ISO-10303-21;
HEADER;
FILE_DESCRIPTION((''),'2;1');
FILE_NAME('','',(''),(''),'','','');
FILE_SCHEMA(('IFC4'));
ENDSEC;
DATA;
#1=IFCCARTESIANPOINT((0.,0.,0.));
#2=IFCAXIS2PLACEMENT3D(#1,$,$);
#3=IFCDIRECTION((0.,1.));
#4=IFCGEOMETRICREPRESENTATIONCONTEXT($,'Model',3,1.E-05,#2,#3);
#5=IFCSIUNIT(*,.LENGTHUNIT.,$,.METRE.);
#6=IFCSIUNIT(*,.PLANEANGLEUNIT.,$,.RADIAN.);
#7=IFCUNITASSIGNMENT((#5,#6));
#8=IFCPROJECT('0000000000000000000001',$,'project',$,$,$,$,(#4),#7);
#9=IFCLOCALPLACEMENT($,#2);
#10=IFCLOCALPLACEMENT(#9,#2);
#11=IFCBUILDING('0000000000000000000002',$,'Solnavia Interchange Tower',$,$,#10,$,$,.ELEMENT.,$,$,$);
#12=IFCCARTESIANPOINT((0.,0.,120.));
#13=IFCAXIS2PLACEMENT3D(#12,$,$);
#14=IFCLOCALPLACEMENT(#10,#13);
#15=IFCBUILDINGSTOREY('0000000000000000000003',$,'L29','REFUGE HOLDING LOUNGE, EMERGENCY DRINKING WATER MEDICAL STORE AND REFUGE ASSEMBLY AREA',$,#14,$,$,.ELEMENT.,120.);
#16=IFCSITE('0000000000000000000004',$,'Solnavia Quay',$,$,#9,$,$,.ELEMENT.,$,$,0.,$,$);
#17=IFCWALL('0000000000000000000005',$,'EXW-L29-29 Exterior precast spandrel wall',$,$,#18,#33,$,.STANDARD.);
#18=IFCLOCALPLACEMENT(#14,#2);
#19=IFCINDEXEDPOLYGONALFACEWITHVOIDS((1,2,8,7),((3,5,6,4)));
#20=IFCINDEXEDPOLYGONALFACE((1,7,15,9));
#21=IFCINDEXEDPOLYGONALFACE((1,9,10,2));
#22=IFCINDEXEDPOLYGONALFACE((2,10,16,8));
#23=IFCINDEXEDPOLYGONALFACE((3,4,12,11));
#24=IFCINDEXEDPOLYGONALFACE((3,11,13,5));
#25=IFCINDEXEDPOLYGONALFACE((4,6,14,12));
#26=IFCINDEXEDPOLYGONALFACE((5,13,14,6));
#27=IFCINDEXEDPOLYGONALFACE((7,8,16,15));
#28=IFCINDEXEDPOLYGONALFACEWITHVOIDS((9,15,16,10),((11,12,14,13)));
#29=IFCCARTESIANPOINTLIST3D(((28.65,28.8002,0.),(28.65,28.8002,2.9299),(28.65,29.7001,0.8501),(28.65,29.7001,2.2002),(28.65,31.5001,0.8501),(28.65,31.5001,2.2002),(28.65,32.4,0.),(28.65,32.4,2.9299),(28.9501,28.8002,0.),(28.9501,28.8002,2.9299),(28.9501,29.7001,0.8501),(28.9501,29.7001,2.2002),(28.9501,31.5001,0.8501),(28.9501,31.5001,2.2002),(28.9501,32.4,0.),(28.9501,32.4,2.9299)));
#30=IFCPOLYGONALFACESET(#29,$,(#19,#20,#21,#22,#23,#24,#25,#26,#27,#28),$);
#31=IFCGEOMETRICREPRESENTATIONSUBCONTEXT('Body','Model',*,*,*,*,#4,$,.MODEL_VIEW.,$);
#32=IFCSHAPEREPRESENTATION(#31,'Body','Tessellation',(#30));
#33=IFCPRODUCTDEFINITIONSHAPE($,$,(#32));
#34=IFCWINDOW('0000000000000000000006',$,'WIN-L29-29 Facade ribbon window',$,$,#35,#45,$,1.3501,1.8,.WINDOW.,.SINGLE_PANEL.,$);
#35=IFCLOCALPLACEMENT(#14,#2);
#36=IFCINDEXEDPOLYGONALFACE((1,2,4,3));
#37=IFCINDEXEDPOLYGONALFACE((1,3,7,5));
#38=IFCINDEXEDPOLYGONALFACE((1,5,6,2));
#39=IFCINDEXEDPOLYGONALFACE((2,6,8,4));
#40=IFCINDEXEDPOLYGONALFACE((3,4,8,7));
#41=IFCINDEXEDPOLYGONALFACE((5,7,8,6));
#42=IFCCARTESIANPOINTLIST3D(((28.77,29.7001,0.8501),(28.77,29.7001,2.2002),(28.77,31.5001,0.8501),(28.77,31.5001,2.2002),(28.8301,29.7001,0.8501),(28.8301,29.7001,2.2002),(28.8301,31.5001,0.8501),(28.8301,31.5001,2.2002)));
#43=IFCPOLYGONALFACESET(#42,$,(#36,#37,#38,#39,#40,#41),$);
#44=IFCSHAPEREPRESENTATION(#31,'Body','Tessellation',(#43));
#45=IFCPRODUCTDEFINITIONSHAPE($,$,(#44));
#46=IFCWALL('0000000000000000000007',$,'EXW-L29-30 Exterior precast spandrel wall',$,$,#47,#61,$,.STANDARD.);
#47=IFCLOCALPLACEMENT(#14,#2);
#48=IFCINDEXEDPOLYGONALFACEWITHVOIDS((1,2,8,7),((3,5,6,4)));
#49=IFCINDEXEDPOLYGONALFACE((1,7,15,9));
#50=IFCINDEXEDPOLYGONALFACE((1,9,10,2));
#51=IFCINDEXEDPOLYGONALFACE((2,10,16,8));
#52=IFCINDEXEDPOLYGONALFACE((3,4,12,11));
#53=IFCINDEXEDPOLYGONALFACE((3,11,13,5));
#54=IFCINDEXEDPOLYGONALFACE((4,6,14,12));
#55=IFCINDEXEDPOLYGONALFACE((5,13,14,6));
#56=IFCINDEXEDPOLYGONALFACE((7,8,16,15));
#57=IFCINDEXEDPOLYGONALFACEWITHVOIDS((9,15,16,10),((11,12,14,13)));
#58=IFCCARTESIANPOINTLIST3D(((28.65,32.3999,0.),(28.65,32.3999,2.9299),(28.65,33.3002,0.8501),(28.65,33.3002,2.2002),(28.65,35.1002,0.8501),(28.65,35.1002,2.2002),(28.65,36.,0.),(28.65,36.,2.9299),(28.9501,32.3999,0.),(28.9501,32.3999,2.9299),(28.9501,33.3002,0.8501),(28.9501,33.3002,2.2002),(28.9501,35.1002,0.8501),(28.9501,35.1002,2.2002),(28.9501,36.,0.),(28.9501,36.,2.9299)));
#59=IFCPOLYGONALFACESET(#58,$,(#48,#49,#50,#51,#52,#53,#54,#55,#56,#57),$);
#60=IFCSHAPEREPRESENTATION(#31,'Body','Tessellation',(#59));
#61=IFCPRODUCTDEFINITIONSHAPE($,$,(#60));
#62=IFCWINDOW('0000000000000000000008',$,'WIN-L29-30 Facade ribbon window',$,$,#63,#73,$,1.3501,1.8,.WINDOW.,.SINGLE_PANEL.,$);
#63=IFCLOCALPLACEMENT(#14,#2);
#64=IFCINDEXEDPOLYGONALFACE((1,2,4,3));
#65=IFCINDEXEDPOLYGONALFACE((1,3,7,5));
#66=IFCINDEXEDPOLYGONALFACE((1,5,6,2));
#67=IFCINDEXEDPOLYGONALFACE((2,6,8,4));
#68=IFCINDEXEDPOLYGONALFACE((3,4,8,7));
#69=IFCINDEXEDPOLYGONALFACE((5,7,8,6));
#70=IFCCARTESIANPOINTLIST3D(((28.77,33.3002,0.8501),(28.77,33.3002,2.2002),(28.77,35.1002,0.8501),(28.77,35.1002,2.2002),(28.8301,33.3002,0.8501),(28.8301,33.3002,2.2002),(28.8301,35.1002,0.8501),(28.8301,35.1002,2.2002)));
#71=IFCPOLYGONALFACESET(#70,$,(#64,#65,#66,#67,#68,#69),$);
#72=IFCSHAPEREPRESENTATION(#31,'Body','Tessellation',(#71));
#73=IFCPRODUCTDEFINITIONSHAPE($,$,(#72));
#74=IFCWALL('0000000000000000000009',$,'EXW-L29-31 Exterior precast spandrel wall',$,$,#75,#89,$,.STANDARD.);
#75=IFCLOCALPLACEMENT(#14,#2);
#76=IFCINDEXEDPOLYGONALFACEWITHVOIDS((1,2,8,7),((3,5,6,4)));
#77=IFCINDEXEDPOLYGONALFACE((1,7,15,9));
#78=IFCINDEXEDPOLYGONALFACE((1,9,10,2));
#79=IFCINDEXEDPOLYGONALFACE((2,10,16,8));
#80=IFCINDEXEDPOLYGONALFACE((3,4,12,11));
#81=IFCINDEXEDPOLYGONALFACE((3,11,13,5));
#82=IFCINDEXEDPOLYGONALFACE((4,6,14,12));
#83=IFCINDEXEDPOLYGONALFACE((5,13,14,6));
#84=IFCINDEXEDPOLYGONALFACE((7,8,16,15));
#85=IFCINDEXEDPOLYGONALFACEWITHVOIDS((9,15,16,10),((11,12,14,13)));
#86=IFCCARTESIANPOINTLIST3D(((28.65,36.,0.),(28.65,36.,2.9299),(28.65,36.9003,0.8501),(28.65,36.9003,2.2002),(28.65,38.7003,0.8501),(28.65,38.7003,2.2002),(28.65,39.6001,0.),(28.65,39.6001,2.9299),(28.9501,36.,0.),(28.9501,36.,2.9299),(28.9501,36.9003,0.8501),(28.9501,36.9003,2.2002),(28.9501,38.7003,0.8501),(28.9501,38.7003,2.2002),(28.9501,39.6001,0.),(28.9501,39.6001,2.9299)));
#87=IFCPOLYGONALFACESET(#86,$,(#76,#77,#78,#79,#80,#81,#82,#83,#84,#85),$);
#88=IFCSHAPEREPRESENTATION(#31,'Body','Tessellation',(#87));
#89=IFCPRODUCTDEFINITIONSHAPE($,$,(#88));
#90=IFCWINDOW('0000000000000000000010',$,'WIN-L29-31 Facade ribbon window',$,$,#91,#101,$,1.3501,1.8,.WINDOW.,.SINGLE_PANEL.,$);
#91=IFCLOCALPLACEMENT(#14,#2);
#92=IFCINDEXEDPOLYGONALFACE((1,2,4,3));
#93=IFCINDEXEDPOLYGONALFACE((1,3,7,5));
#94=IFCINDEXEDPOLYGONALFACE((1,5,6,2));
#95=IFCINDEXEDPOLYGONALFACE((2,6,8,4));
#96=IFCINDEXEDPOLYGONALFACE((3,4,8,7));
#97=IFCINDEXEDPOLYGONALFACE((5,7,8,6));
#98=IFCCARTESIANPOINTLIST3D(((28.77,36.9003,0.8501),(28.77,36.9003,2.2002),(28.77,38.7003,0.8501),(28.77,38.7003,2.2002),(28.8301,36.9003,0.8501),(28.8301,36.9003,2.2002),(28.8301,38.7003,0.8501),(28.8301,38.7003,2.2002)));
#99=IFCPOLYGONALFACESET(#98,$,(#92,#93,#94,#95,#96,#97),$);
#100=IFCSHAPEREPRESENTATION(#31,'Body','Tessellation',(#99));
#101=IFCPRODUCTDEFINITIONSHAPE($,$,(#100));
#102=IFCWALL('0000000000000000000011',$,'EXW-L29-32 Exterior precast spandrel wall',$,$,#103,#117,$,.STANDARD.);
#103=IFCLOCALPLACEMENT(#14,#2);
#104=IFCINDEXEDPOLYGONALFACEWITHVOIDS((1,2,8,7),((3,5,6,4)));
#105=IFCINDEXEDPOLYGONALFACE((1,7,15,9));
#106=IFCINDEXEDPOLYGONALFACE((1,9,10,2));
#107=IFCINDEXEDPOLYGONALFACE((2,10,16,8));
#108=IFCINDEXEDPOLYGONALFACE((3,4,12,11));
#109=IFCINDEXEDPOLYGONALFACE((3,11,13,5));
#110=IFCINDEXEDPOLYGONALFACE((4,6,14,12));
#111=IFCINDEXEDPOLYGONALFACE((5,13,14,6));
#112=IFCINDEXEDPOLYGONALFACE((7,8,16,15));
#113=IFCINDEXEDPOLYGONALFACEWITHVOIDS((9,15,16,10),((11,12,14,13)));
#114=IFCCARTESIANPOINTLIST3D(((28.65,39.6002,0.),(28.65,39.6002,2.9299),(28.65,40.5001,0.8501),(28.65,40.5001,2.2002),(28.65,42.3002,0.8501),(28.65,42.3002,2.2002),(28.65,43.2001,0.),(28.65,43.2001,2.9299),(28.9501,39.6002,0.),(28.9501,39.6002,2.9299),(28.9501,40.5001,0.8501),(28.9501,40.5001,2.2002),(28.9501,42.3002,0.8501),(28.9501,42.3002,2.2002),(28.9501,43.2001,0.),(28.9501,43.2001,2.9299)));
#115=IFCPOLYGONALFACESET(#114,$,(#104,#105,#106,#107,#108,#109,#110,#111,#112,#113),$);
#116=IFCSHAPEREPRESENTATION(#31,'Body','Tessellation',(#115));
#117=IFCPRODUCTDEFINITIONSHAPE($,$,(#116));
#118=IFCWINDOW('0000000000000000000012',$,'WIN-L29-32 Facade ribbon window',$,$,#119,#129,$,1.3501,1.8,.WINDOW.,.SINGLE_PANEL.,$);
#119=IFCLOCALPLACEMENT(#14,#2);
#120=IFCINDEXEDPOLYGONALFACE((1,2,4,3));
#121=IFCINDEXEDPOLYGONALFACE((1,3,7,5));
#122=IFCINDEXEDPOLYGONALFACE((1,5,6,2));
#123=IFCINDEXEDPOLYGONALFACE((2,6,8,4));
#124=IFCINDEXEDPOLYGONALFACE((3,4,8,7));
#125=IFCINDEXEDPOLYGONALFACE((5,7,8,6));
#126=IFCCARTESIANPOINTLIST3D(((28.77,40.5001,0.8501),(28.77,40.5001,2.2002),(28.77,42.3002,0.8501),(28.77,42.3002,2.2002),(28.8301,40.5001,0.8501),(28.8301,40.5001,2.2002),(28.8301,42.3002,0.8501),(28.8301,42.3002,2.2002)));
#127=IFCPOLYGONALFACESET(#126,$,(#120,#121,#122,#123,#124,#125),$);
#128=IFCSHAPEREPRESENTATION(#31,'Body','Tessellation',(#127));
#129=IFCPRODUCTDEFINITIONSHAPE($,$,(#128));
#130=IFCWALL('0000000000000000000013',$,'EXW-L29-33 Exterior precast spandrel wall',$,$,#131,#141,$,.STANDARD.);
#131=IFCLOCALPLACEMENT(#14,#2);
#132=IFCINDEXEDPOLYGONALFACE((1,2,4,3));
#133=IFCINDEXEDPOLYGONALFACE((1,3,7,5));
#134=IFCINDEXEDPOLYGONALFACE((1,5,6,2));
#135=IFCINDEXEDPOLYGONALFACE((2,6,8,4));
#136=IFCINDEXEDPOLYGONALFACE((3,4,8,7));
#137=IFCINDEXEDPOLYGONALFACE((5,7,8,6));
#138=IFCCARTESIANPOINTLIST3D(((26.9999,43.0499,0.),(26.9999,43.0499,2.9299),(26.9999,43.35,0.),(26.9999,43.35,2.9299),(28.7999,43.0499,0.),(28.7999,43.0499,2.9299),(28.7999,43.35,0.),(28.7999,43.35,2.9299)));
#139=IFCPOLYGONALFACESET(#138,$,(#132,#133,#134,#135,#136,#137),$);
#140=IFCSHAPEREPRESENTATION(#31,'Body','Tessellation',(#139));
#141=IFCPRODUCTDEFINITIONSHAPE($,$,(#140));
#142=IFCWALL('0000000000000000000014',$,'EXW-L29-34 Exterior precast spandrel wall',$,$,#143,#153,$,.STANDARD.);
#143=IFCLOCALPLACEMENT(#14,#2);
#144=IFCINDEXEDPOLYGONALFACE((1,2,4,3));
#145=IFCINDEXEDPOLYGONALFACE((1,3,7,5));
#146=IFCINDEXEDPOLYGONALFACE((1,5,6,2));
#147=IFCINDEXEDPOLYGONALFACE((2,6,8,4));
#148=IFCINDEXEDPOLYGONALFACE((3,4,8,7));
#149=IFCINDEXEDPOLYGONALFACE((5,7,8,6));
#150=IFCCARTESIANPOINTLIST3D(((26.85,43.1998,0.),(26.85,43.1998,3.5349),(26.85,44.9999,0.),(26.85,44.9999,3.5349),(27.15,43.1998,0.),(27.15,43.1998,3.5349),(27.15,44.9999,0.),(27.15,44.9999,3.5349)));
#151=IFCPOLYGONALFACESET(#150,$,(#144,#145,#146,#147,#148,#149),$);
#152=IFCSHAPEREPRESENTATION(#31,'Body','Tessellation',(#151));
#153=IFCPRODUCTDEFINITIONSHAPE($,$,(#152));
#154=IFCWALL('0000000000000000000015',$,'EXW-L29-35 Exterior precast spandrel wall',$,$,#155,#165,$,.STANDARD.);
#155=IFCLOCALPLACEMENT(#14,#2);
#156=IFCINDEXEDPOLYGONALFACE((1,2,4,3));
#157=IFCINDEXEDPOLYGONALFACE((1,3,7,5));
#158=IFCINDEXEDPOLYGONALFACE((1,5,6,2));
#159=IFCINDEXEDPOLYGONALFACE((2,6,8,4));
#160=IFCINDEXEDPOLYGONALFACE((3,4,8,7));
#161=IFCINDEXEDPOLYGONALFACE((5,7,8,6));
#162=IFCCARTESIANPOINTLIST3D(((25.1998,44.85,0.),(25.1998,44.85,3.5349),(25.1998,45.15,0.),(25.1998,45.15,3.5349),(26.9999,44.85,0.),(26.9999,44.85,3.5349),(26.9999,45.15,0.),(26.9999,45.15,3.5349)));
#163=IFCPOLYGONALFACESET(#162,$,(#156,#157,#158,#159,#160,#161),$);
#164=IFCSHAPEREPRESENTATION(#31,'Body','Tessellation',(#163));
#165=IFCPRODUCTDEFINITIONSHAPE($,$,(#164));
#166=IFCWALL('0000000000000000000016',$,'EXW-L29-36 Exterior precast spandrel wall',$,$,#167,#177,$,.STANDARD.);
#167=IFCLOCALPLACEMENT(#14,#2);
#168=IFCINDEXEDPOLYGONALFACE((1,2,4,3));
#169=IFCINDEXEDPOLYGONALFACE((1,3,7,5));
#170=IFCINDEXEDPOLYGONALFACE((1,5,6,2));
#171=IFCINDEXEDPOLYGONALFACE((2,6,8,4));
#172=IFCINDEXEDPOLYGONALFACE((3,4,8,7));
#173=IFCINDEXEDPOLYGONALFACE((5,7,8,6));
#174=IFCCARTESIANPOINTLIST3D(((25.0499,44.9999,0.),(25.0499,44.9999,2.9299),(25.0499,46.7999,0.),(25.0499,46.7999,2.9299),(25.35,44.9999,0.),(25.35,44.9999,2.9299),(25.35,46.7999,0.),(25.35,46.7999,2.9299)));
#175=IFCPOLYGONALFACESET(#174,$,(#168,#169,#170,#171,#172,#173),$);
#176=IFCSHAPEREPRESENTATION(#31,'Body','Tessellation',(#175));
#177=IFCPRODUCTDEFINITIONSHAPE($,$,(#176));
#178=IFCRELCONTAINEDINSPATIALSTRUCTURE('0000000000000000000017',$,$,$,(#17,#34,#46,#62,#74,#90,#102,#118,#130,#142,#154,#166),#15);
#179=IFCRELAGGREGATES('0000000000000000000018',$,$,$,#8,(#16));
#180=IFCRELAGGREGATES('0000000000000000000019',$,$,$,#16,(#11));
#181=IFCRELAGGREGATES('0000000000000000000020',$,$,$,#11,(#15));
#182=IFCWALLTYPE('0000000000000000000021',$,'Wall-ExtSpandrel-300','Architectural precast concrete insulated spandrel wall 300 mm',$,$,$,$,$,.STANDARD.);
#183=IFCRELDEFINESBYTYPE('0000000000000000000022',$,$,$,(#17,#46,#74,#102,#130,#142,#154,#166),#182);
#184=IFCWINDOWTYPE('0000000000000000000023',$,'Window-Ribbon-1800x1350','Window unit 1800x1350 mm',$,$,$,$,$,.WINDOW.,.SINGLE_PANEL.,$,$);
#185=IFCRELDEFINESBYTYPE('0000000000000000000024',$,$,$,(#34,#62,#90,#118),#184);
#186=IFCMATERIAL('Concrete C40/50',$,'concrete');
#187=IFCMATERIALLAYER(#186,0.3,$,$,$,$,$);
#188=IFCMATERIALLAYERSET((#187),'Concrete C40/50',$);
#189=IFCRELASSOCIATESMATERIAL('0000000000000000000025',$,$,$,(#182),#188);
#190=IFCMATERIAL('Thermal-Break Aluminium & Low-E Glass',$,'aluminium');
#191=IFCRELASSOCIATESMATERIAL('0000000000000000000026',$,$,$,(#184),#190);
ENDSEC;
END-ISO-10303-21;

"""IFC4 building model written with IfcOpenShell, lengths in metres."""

from ifc_helpers import new_model, si_unit, direction, frame, frame_2d, origin, place, context, subcontext, project, spatial, rectangle, extrude, material, layer, layer_set, type_object, element, fill, save


model = new_model("IFC4")

# Units and contexts
model_context = context("Model", 3, precision=1e-05, world=origin(), true_north=direction((0.0, 1.0)))
body_context = subcontext(model_context, "Body", "Model", "MODEL_VIEW")
ifc_project = project(units=[si_unit("LENGTHUNIT", "METRE"), si_unit("PLANEANGLEUNIT", "RADIAN")], contexts=[model_context])

# Site, building, storey
site_placement = place(None, origin())
site = spatial("IfcSite", under=ifc_project, at=site_placement, Name="Solnavia Quay", CompositionType="ELEMENT", RefElevation=0.0)
building_placement = place(site_placement, origin())
building = spatial("IfcBuilding", under=site, at=building_placement, Name="Solnavia Interchange Tower", CompositionType="ELEMENT")
storey_placement = place(building_placement, frame((0.0, 0.0, 120.0)))
storey = spatial("IfcBuildingStorey", under=building, at=storey_placement, Name="L29", Description="REFUGE HOLDING LOUNGE, EMERGENCY DRINKING WATER MEDICAL STORE AND REFUGE ASSEMBLY AREA", CompositionType="ELEMENT", Elevation=120.0)

# Walls, openings, windows
ifc_material_1 = material(Name="Concrete C40/50", Category="concrete")
ifc_layer_1 = layer(ifc_material_1, 0.3)
ifc_layer_set_1 = layer_set([ifc_layer_1], Name="Concrete C40/50")
wall_type = type_object("IfcWallType", Name="Wall-ExtSpandrel-300", Description="Architectural precast concrete insulated spandrel wall 300 mm", PredefinedType="STANDARD", material=ifc_layer_set_1)
wall_1_placement = place(storey_placement, frame((28.8, 32.3999, 0.0), z_axis=(0.0, 0.0, 1.0), x_axis=(0.0, -1.0, 0.0)))
wall_1 = element("IfcWall", 1, at=wall_1_placement, inside=storey, type_object=wall_type, Name="EXW-L29-29 Exterior precast spandrel wall", PredefinedType="STANDARD", context=body_context, shape_type="SweptSolid", body=[
    extrude(rectangle(XDim=3.5999, YDim=0.3, at=frame_2d((1.7998, 0.0))), origin(), (0.0, 0.0, 1.0), 2.9299),
])
opening_1_placement = place(wall_1_placement, frame((0.8999, 0.0, 0.8501)))
opening_1 = element("IfcOpeningElement", 2, at=opening_1_placement, cuts=wall_1, PredefinedType="OPENING", context=body_context, shape_type="SweptSolid", body=[
    extrude(rectangle(XDim=1.8, YDim=1.3501, at=frame_2d((0.8999, 0.675))), frame((0.0, 0.1602, 0.0), z_axis=(0.0, -1.0, 0.0), x_axis=(1.0, 0.0, 0.0)), (0.0, 0.0, 1.0), 0.3201),
])
ifc_material_2 = material(Name="Thermal-Break Aluminium & Low-E Glass", Category="aluminium")
window_type = type_object("IfcWindowType", Name="Window-Ribbon-1800x1350", Description="Window unit 1800x1350 mm", PartitioningType="SINGLE_PANEL", PredefinedType="WINDOW", material=ifc_material_2)
window_1_placement = place(opening_1_placement, origin())
window_1 = element("IfcWindow", 3, at=window_1_placement, inside=storey, type_object=window_type, Name="WIN-L29-29 Facade ribbon window", OverallHeight=1.3501, OverallWidth=1.8, PartitioningType="SINGLE_PANEL", PredefinedType="WINDOW", context=body_context, shape_type="SweptSolid", body=[
    extrude(rectangle(XDim=1.8, YDim=1.3501, at=frame_2d((0.8999, 0.675))), frame((0.0, 0.03, 0.0), z_axis=(0.0, -1.0, 0.0), x_axis=(1.0, 0.0, 0.0)), (0.0, 0.0, 1.0), 0.0601),
])
fill(opening_1, window_1)
wall_2_placement = place(storey_placement, frame((28.8, 36.0, 0.0), z_axis=(0.0, 0.0, 1.0), x_axis=(0.0, -1.0, 0.0)))
wall_2 = element("IfcWall", 4, at=wall_2_placement, inside=storey, type_object=wall_type, Name="EXW-L29-30 Exterior precast spandrel wall", PredefinedType="STANDARD", context=body_context, shape_type="SweptSolid", body=[
    extrude(rectangle(XDim=3.6001, YDim=0.3, at=frame_2d((1.8, 0.0))), origin(), (0.0, 0.0, 1.0), 2.9299),
])
opening_2_placement = place(wall_2_placement, frame((0.8999, 0.0, 0.8501)))
opening_2 = element("IfcOpeningElement", 5, at=opening_2_placement, cuts=wall_2, PredefinedType="OPENING", context=body_context, shape_type="SweptSolid", body=[
    extrude(rectangle(XDim=1.8, YDim=1.3501, at=frame_2d((0.8999, 0.675))), frame((0.0, 0.1602, 0.0), z_axis=(0.0, -1.0, 0.0), x_axis=(1.0, 0.0, 0.0)), (0.0, 0.0, 1.0), 0.3201),
])
window_2_placement = place(opening_2_placement, origin())
window_2 = element("IfcWindow", 6, at=window_2_placement, inside=storey, type_object=window_type, Name="WIN-L29-30 Facade ribbon window", OverallHeight=1.3501, OverallWidth=1.8, PartitioningType="SINGLE_PANEL", PredefinedType="WINDOW", context=body_context, shape_type="SweptSolid", body=[
    extrude(rectangle(XDim=1.8, YDim=1.3501, at=frame_2d((0.8999, 0.675))), frame((0.0, 0.03, 0.0), z_axis=(0.0, -1.0, 0.0), x_axis=(1.0, 0.0, 0.0)), (0.0, 0.0, 1.0), 0.0601),
])
fill(opening_2, window_2)
wall_3_placement = place(storey_placement, frame((28.8, 39.6001, 0.0), z_axis=(0.0, 0.0, 1.0), x_axis=(0.0, -1.0, 0.0)))
wall_3 = element("IfcWall", 7, at=wall_3_placement, inside=storey, type_object=wall_type, Name="EXW-L29-31 Exterior precast spandrel wall", PredefinedType="STANDARD", context=body_context, shape_type="SweptSolid", body=[
    extrude(rectangle(XDim=3.6001, YDim=0.3, at=frame_2d((1.8, 0.0))), origin(), (0.0, 0.0, 1.0), 2.9299),
])
opening_3_placement = place(wall_3_placement, frame((0.8999, 0.0, 0.8501)))
opening_3 = element("IfcOpeningElement", 8, at=opening_3_placement, cuts=wall_3, PredefinedType="OPENING", context=body_context, shape_type="SweptSolid", body=[
    extrude(rectangle(XDim=1.8, YDim=1.3501, at=frame_2d((0.8999, 0.675))), frame((0.0, 0.1602, 0.0), z_axis=(0.0, -1.0, 0.0), x_axis=(1.0, 0.0, 0.0)), (0.0, 0.0, 1.0), 0.3201),
])
window_3_placement = place(opening_3_placement, origin())
window_3 = element("IfcWindow", 9, at=window_3_placement, inside=storey, type_object=window_type, Name="WIN-L29-31 Facade ribbon window", OverallHeight=1.3501, OverallWidth=1.8, PartitioningType="SINGLE_PANEL", PredefinedType="WINDOW", context=body_context, shape_type="SweptSolid", body=[
    extrude(rectangle(XDim=1.8, YDim=1.3501, at=frame_2d((0.8999, 0.675))), frame((0.0, 0.03, 0.0), z_axis=(0.0, -1.0, 0.0), x_axis=(1.0, 0.0, 0.0)), (0.0, 0.0, 1.0), 0.0601),
])
fill(opening_3, window_3)
wall_4_placement = place(storey_placement, frame((28.8, 43.2, 0.0), z_axis=(0.0, 0.0, 1.0), x_axis=(0.0, -1.0, 0.0)))
wall_4 = element("IfcWall", 10, at=wall_4_placement, inside=storey, type_object=wall_type, Name="EXW-L29-32 Exterior precast spandrel wall", PredefinedType="STANDARD", context=body_context, shape_type="SweptSolid", body=[
    extrude(rectangle(XDim=3.5999, YDim=0.3, at=frame_2d((1.7998, 0.0))), origin(), (0.0, 0.0, 1.0), 2.9299),
])
opening_4_placement = place(wall_4_placement, frame((0.8999, 0.0, 0.8501)))
opening_4 = element("IfcOpeningElement", 11, at=opening_4_placement, cuts=wall_4, PredefinedType="OPENING", context=body_context, shape_type="SweptSolid", body=[
    extrude(rectangle(XDim=1.8, YDim=1.3501, at=frame_2d((0.8999, 0.675))), frame((0.0, 0.1602, 0.0), z_axis=(0.0, -1.0, 0.0), x_axis=(1.0, 0.0, 0.0)), (0.0, 0.0, 1.0), 0.3201),
])
window_4_placement = place(opening_4_placement, origin())
window_4 = element("IfcWindow", 12, at=window_4_placement, inside=storey, type_object=window_type, Name="WIN-L29-32 Facade ribbon window", OverallHeight=1.3501, OverallWidth=1.8, PartitioningType="SINGLE_PANEL", PredefinedType="WINDOW", context=body_context, shape_type="SweptSolid", body=[
    extrude(rectangle(XDim=1.8, YDim=1.3501, at=frame_2d((0.8999, 0.675))), frame((0.0, 0.03, 0.0), z_axis=(0.0, -1.0, 0.0), x_axis=(1.0, 0.0, 0.0)), (0.0, 0.0, 1.0), 0.0601),
])
fill(opening_4, window_4)

# Walls
wall_5_placement = place(storey_placement, frame((27.0, 43.2, 0.0), z_axis=(0.0, 0.0, 1.0), x_axis=(1.0, 0.0, 0.0)))
element("IfcWall", 13, at=wall_5_placement, inside=storey, type_object=wall_type, Name="EXW-L29-33 Exterior precast spandrel wall", PredefinedType="STANDARD", context=body_context, shape_type="SweptSolid", body=[
    extrude(rectangle(XDim=1.8, YDim=0.3, at=frame_2d((0.8999, 0.0))), origin(), (0.0, 0.0, 1.0), 2.9299),
])
for number, where, z_axis, x_axis, name in (
    (14, (27.0, 43.2, 0.0), (0.0, 0.0, 1.0), (0.0, 1.0, 0.0), "EXW-L29-34 Exterior precast spandrel wall"),
    (15, (25.2, 45.0, 0.0), (0.0, 0.0, 1.0), (1.0, 0.0, 0.0), "EXW-L29-35 Exterior precast spandrel wall"),
):
    element("IfcWall", number, at=place(storey_placement, frame(where, z_axis=z_axis, x_axis=x_axis)), inside=storey, type_object=wall_type, Name=name, PredefinedType="STANDARD", context=body_context, shape_type="SweptSolid", body=[
        extrude(rectangle(XDim=1.8, YDim=0.3, at=frame_2d((0.8999, 0.0))), origin(), (0.0, 0.0, 1.0), 3.5349),
    ])
wall_6_placement = place(storey_placement, frame((25.2, 45.0, 0.0), z_axis=(0.0, 0.0, 1.0), x_axis=(0.0, 1.0, 0.0)))
element("IfcWall", 16, at=wall_6_placement, inside=storey, type_object=wall_type, Name="EXW-L29-36 Exterior precast spandrel wall", PredefinedType="STANDARD", context=body_context, shape_type="SweptSolid", body=[
    extrude(rectangle(XDim=1.8, YDim=0.3, at=frame_2d((0.8999, 0.0))), origin(), (0.0, 0.0, 1.0), 2.9299),
])

save(model, "model.ifc")
